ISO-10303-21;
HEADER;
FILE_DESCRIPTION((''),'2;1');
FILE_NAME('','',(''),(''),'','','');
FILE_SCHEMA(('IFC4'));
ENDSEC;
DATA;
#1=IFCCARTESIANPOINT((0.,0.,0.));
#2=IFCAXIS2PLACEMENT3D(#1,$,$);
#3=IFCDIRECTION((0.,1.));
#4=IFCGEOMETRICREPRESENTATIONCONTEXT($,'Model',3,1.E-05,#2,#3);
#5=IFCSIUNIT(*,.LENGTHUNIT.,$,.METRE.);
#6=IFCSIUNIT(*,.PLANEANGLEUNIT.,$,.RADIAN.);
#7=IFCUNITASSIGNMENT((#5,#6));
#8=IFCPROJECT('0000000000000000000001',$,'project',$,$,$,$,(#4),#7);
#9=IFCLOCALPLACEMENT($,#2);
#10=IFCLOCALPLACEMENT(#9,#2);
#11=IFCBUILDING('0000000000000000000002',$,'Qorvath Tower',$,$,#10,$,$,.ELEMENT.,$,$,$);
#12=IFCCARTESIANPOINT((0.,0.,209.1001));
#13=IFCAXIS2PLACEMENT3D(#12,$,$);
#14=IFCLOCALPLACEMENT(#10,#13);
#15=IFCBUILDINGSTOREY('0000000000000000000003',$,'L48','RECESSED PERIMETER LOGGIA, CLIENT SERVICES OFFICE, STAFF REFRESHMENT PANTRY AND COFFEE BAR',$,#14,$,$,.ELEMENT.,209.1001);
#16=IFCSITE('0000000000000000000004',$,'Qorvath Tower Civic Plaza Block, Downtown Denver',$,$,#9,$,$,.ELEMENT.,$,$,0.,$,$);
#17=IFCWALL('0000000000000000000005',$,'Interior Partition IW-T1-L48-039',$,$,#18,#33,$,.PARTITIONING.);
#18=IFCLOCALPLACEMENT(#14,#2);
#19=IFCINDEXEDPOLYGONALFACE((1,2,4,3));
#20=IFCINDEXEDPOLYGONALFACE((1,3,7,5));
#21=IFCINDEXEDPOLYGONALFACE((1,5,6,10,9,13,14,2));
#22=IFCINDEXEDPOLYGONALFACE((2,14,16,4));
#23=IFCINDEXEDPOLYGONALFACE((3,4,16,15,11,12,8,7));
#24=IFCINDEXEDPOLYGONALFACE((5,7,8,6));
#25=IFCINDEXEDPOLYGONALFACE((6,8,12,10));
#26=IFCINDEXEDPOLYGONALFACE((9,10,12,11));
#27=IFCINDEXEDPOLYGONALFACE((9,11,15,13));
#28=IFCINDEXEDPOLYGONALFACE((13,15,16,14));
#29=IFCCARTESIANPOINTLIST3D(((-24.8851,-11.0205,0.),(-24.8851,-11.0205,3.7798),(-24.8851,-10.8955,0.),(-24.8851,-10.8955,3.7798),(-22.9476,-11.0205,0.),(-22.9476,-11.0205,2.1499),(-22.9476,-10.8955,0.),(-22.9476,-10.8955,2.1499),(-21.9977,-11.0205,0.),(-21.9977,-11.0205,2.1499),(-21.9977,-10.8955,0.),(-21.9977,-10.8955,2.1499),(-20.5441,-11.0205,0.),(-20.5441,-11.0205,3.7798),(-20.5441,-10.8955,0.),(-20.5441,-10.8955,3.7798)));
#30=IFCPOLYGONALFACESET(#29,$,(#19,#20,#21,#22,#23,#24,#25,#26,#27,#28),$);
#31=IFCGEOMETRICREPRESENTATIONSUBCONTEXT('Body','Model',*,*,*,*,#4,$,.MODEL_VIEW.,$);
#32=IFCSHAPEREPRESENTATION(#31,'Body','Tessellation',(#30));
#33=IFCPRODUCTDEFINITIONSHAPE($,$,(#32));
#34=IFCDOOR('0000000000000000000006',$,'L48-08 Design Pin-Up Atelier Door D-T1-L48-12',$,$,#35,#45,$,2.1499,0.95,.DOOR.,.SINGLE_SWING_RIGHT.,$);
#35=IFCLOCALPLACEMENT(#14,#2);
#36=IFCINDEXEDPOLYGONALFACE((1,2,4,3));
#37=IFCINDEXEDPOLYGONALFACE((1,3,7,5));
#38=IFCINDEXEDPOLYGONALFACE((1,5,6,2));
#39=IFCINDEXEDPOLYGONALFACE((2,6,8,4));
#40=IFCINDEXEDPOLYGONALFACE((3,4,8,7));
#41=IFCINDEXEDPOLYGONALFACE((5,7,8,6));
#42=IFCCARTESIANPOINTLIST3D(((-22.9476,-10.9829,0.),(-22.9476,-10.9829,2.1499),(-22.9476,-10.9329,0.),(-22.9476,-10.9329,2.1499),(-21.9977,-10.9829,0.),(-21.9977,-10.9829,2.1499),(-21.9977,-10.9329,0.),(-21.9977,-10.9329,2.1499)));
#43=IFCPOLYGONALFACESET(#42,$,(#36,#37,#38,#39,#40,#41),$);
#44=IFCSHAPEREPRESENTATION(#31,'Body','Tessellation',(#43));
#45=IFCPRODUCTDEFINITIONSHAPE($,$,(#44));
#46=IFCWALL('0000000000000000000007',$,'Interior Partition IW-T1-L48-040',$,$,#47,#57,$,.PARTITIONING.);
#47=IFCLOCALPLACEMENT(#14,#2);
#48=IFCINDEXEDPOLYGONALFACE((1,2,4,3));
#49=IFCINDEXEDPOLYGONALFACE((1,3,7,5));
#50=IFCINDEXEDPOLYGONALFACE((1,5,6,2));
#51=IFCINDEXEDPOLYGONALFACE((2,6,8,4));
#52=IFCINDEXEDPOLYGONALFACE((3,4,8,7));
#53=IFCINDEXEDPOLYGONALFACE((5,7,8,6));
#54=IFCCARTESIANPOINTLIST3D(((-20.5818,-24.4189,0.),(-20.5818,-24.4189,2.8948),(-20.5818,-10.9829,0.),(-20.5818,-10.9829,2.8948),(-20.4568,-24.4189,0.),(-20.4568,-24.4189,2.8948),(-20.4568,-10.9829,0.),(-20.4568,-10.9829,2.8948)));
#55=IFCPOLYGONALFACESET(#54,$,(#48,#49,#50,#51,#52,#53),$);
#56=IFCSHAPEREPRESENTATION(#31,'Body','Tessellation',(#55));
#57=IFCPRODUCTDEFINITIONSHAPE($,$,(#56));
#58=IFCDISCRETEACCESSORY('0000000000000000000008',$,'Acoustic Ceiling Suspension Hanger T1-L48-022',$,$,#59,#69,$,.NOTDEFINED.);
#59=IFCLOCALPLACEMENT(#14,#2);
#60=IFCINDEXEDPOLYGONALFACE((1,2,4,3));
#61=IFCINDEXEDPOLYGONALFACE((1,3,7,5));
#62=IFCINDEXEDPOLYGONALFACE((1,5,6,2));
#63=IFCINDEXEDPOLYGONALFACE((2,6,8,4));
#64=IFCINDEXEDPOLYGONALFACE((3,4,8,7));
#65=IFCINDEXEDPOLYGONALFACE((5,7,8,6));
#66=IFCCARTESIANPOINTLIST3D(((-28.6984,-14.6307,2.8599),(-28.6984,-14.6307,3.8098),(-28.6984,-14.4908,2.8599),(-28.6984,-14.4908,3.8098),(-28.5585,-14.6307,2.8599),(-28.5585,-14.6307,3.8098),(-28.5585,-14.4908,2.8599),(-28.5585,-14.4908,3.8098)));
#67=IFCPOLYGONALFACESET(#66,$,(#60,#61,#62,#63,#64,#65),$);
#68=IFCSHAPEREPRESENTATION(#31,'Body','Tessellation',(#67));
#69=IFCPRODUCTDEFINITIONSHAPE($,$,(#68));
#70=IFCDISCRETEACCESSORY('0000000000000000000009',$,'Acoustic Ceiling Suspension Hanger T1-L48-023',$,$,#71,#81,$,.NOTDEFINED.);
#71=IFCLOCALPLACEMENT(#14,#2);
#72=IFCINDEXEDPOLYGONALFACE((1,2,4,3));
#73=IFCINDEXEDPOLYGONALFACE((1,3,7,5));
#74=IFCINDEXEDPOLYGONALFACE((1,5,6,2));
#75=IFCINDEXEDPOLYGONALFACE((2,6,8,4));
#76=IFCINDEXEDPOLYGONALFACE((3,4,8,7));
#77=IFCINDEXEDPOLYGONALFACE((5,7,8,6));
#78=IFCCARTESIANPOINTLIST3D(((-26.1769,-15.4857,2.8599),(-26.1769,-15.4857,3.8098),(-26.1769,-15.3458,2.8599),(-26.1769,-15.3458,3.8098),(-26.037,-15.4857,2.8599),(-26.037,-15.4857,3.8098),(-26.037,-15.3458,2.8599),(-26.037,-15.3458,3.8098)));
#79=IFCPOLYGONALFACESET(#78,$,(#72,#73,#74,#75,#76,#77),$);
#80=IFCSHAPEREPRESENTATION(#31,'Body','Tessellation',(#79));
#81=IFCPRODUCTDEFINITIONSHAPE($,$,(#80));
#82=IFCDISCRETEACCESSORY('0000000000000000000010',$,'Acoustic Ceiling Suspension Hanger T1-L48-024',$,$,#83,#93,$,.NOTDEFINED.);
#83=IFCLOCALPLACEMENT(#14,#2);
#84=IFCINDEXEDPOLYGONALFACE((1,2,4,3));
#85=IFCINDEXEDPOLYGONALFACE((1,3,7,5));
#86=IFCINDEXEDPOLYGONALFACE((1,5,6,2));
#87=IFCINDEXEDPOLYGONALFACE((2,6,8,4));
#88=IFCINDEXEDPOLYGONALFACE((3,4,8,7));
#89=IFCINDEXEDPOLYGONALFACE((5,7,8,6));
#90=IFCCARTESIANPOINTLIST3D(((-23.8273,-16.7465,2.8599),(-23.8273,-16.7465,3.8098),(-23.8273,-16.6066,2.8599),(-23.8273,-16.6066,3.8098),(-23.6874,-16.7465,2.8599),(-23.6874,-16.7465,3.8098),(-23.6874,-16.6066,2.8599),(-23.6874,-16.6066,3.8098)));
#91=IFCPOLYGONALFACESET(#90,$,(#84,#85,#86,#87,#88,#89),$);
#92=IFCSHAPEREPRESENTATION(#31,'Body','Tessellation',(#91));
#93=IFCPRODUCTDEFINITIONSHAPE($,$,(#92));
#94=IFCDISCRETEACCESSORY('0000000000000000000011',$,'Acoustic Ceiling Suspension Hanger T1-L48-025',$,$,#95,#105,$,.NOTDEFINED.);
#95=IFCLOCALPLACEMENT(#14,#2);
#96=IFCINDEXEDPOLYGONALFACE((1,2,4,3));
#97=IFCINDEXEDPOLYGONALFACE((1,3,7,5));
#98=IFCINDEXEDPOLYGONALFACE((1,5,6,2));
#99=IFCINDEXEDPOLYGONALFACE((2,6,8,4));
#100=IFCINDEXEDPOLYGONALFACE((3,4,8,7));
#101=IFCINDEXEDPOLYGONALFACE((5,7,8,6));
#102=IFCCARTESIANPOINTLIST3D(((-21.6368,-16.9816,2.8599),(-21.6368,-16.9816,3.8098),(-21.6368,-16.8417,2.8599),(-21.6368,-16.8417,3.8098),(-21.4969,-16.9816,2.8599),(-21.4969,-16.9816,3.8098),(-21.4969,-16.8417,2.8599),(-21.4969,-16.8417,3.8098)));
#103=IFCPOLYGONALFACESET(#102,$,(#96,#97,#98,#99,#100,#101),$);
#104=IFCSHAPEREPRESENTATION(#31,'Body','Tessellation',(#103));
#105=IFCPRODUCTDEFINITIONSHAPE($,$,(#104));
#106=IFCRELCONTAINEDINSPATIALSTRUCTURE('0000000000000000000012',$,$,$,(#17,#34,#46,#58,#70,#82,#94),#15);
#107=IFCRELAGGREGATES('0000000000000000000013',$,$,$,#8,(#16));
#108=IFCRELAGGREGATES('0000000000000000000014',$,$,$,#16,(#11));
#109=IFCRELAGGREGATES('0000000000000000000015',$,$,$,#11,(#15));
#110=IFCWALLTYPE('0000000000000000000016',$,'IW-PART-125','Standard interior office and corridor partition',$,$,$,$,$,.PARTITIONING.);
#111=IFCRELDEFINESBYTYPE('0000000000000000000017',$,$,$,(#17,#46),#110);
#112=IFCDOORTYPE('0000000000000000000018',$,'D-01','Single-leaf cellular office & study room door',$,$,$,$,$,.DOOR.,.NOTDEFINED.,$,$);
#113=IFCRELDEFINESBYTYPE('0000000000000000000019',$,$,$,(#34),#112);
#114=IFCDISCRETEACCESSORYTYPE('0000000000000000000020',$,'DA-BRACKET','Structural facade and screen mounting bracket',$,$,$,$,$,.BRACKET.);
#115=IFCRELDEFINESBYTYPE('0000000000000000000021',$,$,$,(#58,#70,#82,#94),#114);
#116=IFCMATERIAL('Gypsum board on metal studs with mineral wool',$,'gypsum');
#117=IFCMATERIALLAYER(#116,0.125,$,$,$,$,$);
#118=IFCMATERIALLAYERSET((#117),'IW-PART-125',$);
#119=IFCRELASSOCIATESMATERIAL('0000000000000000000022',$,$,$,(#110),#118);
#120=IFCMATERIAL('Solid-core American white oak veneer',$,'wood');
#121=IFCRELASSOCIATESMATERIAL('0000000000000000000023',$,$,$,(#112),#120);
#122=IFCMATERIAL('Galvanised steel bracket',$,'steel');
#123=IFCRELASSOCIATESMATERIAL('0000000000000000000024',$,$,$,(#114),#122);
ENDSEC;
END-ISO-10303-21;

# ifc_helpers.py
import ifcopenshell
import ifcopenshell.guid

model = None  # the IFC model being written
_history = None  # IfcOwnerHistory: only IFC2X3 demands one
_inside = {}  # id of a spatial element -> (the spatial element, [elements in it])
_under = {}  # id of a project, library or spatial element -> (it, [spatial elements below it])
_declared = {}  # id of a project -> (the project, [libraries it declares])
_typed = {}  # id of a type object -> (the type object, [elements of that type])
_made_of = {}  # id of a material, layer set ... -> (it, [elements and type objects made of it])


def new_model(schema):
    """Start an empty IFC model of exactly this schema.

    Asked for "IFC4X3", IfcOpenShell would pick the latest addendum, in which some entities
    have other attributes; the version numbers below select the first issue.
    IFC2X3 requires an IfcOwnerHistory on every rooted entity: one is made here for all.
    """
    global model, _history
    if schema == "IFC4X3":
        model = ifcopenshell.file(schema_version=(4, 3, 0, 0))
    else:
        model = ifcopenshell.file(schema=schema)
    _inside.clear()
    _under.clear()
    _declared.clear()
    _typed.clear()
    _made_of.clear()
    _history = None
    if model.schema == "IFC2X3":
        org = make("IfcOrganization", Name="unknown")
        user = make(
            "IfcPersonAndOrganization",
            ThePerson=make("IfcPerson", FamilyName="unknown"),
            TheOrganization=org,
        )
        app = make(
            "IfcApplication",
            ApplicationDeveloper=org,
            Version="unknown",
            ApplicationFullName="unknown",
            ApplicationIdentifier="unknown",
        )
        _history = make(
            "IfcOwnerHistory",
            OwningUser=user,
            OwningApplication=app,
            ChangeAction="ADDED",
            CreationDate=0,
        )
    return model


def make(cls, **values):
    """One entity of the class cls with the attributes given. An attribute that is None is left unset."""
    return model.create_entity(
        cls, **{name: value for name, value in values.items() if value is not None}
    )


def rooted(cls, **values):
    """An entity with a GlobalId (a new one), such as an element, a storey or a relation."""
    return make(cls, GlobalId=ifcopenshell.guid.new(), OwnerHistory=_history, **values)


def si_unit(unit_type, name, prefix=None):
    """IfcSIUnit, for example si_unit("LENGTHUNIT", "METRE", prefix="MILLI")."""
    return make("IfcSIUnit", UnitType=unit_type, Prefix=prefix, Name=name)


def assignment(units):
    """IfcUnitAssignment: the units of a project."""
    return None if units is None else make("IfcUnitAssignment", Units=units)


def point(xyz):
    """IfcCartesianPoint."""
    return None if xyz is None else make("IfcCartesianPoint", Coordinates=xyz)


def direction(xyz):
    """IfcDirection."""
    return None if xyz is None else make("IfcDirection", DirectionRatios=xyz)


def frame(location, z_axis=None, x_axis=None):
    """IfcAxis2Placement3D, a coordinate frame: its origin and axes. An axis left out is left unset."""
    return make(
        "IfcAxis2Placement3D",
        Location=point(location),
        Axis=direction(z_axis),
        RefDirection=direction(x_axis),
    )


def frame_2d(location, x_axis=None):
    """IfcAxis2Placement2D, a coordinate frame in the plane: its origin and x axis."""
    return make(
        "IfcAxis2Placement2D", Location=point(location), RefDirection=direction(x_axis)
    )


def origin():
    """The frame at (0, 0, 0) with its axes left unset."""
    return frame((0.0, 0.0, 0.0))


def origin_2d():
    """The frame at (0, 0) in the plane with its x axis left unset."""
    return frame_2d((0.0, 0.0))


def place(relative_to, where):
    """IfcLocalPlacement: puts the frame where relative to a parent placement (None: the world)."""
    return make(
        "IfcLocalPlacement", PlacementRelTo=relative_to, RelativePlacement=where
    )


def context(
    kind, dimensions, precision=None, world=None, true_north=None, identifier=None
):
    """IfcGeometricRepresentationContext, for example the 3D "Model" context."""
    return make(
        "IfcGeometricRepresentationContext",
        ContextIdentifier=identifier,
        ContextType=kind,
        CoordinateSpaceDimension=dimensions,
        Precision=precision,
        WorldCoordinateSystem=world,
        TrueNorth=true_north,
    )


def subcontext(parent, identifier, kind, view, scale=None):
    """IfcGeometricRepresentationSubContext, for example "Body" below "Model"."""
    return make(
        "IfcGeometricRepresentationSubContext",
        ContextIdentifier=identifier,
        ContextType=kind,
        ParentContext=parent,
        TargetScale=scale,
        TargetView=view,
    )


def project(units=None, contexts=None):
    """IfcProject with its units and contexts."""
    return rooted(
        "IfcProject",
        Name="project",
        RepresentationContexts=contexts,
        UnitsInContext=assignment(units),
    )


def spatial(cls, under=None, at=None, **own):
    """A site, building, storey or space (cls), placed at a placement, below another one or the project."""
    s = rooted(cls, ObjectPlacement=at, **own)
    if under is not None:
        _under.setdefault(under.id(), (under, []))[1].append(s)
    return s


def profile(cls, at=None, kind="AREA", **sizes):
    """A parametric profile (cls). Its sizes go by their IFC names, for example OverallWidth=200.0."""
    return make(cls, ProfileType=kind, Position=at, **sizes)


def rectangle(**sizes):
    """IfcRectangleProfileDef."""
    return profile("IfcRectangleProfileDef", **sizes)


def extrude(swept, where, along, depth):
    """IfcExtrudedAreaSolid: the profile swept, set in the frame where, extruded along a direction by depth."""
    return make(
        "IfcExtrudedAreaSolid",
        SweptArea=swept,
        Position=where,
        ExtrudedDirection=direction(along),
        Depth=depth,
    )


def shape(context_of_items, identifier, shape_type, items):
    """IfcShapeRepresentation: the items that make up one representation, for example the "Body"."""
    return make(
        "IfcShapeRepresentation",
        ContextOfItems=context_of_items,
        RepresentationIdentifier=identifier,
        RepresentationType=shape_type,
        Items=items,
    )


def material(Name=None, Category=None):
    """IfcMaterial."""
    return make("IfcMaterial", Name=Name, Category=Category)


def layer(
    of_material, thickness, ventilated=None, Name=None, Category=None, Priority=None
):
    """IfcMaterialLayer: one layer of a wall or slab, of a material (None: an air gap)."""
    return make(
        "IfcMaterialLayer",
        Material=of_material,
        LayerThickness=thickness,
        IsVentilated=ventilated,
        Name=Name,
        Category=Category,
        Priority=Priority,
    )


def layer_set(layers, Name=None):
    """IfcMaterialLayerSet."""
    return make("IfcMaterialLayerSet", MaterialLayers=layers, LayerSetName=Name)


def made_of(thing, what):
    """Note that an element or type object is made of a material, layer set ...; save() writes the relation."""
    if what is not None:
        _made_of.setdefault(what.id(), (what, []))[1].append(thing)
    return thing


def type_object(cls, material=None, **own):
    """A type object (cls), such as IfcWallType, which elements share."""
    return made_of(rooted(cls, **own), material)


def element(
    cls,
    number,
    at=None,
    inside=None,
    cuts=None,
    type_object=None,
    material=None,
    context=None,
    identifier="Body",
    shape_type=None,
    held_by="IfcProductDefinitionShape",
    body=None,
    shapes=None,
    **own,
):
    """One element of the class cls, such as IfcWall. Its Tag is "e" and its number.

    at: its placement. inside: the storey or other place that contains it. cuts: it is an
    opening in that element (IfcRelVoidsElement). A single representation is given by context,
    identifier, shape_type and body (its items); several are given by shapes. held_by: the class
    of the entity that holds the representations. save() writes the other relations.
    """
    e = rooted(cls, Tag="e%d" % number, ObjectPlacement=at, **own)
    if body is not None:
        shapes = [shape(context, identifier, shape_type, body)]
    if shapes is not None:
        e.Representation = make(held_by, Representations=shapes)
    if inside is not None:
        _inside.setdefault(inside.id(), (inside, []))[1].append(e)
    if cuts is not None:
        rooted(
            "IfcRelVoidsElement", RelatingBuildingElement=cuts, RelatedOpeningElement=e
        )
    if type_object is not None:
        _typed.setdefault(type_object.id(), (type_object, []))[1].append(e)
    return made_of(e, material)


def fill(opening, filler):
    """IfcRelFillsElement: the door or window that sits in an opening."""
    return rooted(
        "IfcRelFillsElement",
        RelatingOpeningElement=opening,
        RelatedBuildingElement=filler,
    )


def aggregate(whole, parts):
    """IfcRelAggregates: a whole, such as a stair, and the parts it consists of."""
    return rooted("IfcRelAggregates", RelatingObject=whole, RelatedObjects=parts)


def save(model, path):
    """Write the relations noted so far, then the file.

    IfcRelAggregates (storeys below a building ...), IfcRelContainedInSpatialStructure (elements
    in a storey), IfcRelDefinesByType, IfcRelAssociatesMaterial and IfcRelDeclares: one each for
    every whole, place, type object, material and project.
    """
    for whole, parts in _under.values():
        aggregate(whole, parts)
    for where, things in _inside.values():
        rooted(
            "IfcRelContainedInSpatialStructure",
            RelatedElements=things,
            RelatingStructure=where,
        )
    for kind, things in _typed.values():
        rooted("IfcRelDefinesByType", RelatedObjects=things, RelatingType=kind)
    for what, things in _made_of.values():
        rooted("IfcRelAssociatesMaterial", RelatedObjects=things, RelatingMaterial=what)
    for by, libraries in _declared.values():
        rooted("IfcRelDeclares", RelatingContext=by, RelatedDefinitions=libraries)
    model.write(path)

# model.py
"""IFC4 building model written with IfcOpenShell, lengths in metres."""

from ifc_helpers import new_model, si_unit, direction, frame, frame_2d, origin, origin_2d, place, context, subcontext, project, spatial, rectangle, extrude, material, layer, layer_set, type_object, element, fill, save


model = new_model("IFC4")

# Units and contexts
model_context = context("Model", 3, precision=1e-05, world=origin(), true_north=direction((0.0, 1.0)))
body_context = subcontext(model_context, "Body", "Model", "MODEL_VIEW")
ifc_project = project(units=[si_unit("LENGTHUNIT", "METRE"), si_unit("PLANEANGLEUNIT", "RADIAN")], contexts=[model_context])

# Site, building, storey
site_placement = place(None, origin())
site = spatial("IfcSite", under=ifc_project, at=site_placement, Name="Qorvath Tower Civic Plaza Block, Downtown Denver", CompositionType="ELEMENT", RefElevation=0.0)
building_placement = place(site_placement, origin())
building = spatial("IfcBuilding", under=site, at=building_placement, Name="Qorvath Tower", CompositionType="ELEMENT")
storey_placement = place(building_placement, frame((0.0, 0.0, 209.1001)))
storey = spatial("IfcBuildingStorey", under=building, at=storey_placement, Name="L48", Description="RECESSED PERIMETER LOGGIA, CLIENT SERVICES OFFICE, STAFF REFRESHMENT PANTRY AND COFFEE BAR", CompositionType="ELEMENT", Elevation=209.1001)

# Shared definitions
ifc_material_1 = material(Name="Gypsum board on metal studs with mineral wool", Category="gypsum")
ifc_layer_1 = layer(ifc_material_1, 0.125)
ifc_layer_set_1 = layer_set([ifc_layer_1], Name="IW-PART-125")
wall_type = type_object("IfcWallType", Name="IW-PART-125", Description="Standard interior office and corridor partition", PredefinedType="PARTITIONING", material=ifc_layer_set_1)
ifc_material_2 = material(Name="Solid-core American white oak veneer", Category="wood")
door_type = type_object("IfcDoorType", Name="D-01", Description="Single-leaf cellular office & study room door", OperationType="NOTDEFINED", PredefinedType="DOOR", material=ifc_material_2)

# Wall, opening, door
wall_1_placement = place(storey_placement, frame((-20.5442, -10.958, 0.0), z_axis=(0.0, 0.0, 1.0), x_axis=(-1.0, 0.0, 0.0)))
wall_1 = element("IfcWall", 1, at=wall_1_placement, inside=storey, type_object=wall_type, Name="Interior Partition IW-T1-L48-039", PredefinedType="PARTITIONING", context=body_context, shape_type="SweptSolid", body=[
    extrude(rectangle(XDim=4.3411, YDim=0.125, at=frame_2d((2.1704, 0.0))), origin(), (0.0, 0.0, 1.0), 3.7798),
])
opening_1_placement = place(wall_1_placement, frame((1.4534, 0.0, 0.0)))
opening_1 = element("IfcOpeningElement", 2, at=opening_1_placement, cuts=wall_1, PredefinedType="OPENING", context=body_context, shape_type="SweptSolid", body=[
    extrude(rectangle(XDim=0.95, YDim=2.1499, at=frame_2d((0.4751, 1.075))), frame((0.0, 0.0725, 0.0), z_axis=(0.0, -1.0, 0.0), x_axis=(1.0, 0.0, 0.0)), (0.0, 0.0, 1.0), 0.145),
])
door_1_placement = place(opening_1_placement, origin())
door_1 = element("IfcDoor", 3, at=door_1_placement, inside=storey, type_object=door_type, Name="L48-08 Design Pin-Up Atelier Door D-T1-L48-12", OperationType="SINGLE_SWING_RIGHT", OverallHeight=2.1499, OverallWidth=0.95, PredefinedType="DOOR", context=body_context, shape_type="SweptSolid", body=[
    extrude(rectangle(XDim=0.95, YDim=2.1499, at=frame_2d((0.4751, 1.075))), frame((0.0, 0.0249, 0.0), z_axis=(0.0, -1.0, 0.0), x_axis=(1.0, 0.0, 0.0)), (0.0, 0.0, 1.0), 0.05),
])
fill(opening_1, door_1)

# Wall
wall_2_placement = place(storey_placement, frame((-20.5193, -24.4189, 0.0), z_axis=(0.0, 0.0, 1.0), x_axis=(0.0, 1.0, 0.0)))
element("IfcWall", 4, at=wall_2_placement, inside=storey, type_object=wall_type, Name="Interior Partition IW-T1-L48-040", PredefinedType="PARTITIONING", context=body_context, shape_type="SweptSolid", body=[
    extrude(rectangle(XDim=13.436, YDim=0.125, at=frame_2d((6.718, 0.0))), origin(), (0.0, 0.0, 1.0), 2.8948),
])

# Discrete accessories
ifc_material_3 = material(Name="Galvanised steel bracket", Category="steel")
discrete_accessory_type = type_object("IfcDiscreteAccessoryType", Name="DA-BRACKET", Description="Structural facade and screen mounting bracket", PredefinedType="BRACKET", material=ifc_material_3)
for number, where, z_axis, x_axis, name in (
    (5, (-28.6284, -14.5608, 2.8599), (0.0, 0.0, 1.0), (1.0, 0.0, 0.0), "Acoustic Ceiling Suspension Hanger T1-L48-022"),
    (6, (-26.1069, -15.4158, 2.8599), (0.0, 0.0, 1.0), (1.0, 0.0, 0.0), "Acoustic Ceiling Suspension Hanger T1-L48-023"),
    (7, (-23.7573, -16.6765, 2.8599), (0.0, 0.0, 1.0), (1.0, 0.0, 0.0), "Acoustic Ceiling Suspension Hanger T1-L48-024"),
    (8, (-21.5669, -16.9116, 2.8599), (0.0, 0.0, 1.0), (1.0, 0.0, 0.0), "Acoustic Ceiling Suspension Hanger T1-L48-025"),
):
    element("IfcDiscreteAccessory", number, at=place(storey_placement, frame(where, z_axis=z_axis, x_axis=x_axis)), inside=storey, type_object=discrete_accessory_type, Name=name, PredefinedType="NOTDEFINED", context=body_context, shape_type="SweptSolid", body=[
        extrude(rectangle(XDim=0.1399, YDim=0.1399, at=origin_2d()), origin(), (0.0, 0.0, 1.0), 0.95),
    ])

save(model, "model.ifc")
